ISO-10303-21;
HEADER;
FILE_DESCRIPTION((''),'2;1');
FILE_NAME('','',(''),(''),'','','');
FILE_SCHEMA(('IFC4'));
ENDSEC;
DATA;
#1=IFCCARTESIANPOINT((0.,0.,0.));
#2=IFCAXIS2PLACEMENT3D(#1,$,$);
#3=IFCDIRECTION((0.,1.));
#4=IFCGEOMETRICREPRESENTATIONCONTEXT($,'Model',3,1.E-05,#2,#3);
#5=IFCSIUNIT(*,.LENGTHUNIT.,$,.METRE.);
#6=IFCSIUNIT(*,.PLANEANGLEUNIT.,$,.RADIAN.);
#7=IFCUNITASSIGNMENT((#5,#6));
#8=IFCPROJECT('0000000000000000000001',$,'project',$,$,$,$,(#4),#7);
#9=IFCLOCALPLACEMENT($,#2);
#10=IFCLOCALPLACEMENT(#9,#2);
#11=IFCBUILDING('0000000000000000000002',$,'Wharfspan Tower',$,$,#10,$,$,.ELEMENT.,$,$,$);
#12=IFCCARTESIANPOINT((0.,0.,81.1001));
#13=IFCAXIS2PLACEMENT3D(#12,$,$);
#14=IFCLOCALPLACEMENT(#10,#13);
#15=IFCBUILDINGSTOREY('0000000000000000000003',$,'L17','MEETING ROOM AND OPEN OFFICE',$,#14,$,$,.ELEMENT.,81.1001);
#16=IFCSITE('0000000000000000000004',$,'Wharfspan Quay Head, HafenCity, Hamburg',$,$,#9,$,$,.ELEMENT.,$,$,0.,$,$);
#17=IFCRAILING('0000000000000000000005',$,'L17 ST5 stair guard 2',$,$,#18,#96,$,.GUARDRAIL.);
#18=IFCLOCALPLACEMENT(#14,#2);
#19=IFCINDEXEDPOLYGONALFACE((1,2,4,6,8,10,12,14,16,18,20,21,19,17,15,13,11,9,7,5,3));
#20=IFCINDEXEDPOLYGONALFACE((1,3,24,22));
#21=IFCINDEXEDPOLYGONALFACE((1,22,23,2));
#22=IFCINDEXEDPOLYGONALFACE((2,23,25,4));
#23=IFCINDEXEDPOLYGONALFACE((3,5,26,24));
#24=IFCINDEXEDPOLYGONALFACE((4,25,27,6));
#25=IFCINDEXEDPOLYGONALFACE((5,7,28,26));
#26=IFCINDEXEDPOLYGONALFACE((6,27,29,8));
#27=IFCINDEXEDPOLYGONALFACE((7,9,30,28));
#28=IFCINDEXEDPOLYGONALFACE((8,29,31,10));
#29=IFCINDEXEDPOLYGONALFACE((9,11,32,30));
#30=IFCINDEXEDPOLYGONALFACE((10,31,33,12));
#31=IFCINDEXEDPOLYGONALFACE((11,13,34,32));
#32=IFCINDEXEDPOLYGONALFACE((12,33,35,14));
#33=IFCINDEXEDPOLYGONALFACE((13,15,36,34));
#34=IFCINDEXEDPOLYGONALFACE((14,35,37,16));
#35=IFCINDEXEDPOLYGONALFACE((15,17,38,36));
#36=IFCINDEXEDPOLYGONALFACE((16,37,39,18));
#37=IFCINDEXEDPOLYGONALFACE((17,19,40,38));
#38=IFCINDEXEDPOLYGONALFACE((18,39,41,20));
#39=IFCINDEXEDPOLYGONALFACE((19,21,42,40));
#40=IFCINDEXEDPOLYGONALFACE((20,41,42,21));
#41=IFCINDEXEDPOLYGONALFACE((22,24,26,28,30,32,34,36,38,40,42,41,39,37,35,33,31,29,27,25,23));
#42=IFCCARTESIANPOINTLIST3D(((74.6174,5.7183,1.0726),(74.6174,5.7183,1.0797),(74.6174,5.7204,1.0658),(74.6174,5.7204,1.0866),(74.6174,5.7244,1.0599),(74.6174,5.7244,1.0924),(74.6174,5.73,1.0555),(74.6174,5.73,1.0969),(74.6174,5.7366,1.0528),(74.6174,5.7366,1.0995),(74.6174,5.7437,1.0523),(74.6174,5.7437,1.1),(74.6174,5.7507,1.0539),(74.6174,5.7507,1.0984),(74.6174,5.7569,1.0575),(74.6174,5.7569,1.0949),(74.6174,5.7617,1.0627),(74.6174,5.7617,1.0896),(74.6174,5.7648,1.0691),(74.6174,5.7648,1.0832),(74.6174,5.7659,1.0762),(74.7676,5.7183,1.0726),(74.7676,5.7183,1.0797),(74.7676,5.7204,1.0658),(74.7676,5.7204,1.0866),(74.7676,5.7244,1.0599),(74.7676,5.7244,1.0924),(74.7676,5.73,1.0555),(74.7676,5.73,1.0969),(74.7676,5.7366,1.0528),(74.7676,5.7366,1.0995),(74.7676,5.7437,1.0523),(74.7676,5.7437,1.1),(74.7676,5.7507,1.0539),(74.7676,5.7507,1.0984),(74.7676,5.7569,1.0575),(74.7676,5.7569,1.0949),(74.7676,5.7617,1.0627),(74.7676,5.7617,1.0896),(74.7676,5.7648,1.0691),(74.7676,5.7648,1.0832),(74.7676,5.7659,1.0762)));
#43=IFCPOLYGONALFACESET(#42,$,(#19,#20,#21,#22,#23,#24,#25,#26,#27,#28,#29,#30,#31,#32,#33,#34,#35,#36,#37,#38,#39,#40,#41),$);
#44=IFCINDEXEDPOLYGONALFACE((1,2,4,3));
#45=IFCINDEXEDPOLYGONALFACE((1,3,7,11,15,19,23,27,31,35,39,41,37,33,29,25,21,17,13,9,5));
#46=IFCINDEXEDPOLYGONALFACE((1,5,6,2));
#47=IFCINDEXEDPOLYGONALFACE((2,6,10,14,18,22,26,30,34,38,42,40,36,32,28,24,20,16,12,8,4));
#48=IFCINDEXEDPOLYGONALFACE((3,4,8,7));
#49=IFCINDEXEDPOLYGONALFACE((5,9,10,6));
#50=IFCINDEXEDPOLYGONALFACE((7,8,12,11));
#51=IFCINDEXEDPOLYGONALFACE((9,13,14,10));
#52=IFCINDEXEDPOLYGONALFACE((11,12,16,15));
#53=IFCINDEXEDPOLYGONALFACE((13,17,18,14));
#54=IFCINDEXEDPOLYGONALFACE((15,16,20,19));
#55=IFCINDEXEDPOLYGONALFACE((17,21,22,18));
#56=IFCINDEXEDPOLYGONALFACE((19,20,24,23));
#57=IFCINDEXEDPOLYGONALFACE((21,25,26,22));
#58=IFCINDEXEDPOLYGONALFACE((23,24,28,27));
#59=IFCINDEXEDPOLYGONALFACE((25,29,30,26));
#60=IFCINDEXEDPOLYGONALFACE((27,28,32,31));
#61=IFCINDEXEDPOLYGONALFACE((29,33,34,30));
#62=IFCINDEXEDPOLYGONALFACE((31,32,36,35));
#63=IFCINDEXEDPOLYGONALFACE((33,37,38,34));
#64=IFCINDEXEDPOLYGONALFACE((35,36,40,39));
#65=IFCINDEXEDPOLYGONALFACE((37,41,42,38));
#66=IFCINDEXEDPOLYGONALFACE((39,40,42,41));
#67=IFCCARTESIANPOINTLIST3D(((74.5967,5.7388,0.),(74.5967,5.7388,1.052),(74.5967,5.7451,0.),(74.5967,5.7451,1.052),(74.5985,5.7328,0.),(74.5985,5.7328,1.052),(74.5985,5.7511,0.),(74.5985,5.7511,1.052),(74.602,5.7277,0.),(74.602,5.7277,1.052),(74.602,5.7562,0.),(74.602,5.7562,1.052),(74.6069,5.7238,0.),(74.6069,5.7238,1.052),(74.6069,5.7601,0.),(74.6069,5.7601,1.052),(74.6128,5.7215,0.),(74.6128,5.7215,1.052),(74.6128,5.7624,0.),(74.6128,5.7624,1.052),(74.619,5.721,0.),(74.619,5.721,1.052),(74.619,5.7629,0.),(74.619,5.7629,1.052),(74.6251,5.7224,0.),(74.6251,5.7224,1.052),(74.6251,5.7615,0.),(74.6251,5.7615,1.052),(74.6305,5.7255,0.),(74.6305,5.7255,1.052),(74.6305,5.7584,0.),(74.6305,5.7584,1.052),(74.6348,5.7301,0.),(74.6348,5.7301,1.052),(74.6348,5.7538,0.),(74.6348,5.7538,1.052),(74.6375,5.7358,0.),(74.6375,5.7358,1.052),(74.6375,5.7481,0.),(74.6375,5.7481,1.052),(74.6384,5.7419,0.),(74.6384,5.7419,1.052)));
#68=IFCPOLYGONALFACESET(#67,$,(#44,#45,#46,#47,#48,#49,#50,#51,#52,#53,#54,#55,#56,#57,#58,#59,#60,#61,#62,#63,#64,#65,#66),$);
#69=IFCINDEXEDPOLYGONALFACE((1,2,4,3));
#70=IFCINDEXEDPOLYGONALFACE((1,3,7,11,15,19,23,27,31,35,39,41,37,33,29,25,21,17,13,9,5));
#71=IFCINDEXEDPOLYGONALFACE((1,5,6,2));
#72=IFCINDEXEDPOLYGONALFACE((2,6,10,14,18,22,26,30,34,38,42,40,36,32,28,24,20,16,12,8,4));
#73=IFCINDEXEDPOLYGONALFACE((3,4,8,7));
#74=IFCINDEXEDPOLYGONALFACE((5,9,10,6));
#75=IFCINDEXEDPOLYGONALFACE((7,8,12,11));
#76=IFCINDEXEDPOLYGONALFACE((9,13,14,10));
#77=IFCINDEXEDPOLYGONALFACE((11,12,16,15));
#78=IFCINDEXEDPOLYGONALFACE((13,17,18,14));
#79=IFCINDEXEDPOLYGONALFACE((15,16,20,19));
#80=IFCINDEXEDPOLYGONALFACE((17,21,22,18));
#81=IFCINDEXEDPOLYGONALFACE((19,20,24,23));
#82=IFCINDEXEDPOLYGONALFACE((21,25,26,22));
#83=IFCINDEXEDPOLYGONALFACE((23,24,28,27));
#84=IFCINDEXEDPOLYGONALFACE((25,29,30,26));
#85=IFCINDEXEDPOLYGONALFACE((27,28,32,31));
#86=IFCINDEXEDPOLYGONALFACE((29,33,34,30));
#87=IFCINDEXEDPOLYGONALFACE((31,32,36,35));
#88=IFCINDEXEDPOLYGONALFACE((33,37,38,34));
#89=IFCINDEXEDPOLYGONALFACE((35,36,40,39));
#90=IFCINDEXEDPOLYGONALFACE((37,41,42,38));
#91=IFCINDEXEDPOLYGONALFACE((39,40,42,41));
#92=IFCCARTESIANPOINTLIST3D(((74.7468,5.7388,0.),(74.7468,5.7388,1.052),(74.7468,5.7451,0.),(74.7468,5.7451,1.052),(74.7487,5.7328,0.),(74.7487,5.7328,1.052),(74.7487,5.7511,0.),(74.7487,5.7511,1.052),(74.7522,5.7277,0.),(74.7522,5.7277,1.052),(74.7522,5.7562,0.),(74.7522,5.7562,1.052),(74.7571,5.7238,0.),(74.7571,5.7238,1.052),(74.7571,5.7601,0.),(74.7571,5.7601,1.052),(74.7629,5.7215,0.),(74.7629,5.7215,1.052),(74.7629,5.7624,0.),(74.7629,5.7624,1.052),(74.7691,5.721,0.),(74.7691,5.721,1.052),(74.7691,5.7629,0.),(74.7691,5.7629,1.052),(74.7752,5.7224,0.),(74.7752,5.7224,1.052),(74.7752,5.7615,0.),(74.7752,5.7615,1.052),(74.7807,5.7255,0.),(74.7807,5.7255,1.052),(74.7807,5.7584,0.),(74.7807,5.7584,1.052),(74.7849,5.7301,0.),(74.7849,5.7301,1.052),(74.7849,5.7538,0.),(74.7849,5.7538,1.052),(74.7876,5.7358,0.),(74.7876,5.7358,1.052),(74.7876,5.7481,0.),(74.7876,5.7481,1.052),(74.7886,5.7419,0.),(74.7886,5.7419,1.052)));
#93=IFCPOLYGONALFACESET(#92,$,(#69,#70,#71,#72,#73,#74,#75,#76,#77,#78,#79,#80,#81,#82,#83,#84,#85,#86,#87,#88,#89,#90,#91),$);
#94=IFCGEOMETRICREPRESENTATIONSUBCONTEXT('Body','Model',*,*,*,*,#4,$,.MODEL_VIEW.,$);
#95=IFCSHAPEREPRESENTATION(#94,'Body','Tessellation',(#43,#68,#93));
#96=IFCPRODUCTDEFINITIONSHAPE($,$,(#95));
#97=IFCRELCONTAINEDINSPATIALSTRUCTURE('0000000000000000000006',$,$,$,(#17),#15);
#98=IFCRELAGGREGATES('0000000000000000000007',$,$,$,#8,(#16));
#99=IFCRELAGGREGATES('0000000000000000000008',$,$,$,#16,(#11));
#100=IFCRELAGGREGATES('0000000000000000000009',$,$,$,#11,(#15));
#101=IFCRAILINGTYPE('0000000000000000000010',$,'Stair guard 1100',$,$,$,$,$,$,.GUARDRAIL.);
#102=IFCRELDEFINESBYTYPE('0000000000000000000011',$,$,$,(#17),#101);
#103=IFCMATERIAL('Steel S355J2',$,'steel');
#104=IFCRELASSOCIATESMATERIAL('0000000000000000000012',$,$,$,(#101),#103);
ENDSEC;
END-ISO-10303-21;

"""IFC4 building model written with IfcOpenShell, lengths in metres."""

from ifc_helpers import new_model, si_unit, direction, frame, origin, origin_2d, place, context, subcontext, project, spatial, circle, extrude, material, type_object, element, save


model = new_model("IFC4")

# Units and contexts
model_context = context("Model", 3, precision=1e-05, world=origin(), true_north=direction((0.0, 1.0)))
body_context = subcontext(model_context, "Body", "Model", "MODEL_VIEW")
ifc_project = project(units=[si_unit("LENGTHUNIT", "METRE"), si_unit("PLANEANGLEUNIT", "RADIAN")], contexts=[model_context])

# Site, building, storey
site_placement = place(None, origin())
site = spatial("IfcSite", under=ifc_project, at=site_placement, Name="Wharfspan Quay Head, HafenCity, Hamburg", CompositionType="ELEMENT", RefElevation=0.0)
building_placement = place(site_placement, origin())
building = spatial("IfcBuilding", under=site, at=building_placement, Name="Wharfspan Tower", CompositionType="ELEMENT")
storey_placement = place(building_placement, frame((0.0, 0.0, 81.1001)))
storey = spatial("IfcBuildingStorey", under=building, at=storey_placement, Name="L17", Description="MEETING ROOM AND OPEN OFFICE", CompositionType="ELEMENT", Elevation=81.1001)

# Shared definitions
ifc_material_1 = material(Name="Steel S355J2", Category="steel")

# Railing
railing_type_1 = type_object("IfcRailingType", Name="Stair guard 1100", PredefinedType="GUARDRAIL", material=ifc_material_1)
railing_1_placement = place(storey_placement, frame((74.6174, 5.7419, 0.0)))
element("IfcRailing", 1, at=railing_1_placement, inside=storey, type_object=railing_type_1, Name="L17 ST5 stair guard 2", PredefinedType="GUARDRAIL", context=body_context, shape_type="SweptSolid", body=[
    extrude(circle(Radius=0.0239, at=origin_2d()), frame((0.0, 0.0, 1.0762), z_axis=(1.0, 0.0, 0.0), x_axis=(0.0, 1.0, 0.0)), (0.0, 0.0, 1.0), 0.1501),
    extrude(circle(Radius=0.021, at=origin_2d()), origin(), (0.0, 0.0, 1.0), 1.052),
    extrude(circle(Radius=0.021, at=origin_2d()), frame((0.1501, 0.0, 0.0)), (0.0, 0.0, 1.0), 1.052),
])

save(model, "model.ifc")
